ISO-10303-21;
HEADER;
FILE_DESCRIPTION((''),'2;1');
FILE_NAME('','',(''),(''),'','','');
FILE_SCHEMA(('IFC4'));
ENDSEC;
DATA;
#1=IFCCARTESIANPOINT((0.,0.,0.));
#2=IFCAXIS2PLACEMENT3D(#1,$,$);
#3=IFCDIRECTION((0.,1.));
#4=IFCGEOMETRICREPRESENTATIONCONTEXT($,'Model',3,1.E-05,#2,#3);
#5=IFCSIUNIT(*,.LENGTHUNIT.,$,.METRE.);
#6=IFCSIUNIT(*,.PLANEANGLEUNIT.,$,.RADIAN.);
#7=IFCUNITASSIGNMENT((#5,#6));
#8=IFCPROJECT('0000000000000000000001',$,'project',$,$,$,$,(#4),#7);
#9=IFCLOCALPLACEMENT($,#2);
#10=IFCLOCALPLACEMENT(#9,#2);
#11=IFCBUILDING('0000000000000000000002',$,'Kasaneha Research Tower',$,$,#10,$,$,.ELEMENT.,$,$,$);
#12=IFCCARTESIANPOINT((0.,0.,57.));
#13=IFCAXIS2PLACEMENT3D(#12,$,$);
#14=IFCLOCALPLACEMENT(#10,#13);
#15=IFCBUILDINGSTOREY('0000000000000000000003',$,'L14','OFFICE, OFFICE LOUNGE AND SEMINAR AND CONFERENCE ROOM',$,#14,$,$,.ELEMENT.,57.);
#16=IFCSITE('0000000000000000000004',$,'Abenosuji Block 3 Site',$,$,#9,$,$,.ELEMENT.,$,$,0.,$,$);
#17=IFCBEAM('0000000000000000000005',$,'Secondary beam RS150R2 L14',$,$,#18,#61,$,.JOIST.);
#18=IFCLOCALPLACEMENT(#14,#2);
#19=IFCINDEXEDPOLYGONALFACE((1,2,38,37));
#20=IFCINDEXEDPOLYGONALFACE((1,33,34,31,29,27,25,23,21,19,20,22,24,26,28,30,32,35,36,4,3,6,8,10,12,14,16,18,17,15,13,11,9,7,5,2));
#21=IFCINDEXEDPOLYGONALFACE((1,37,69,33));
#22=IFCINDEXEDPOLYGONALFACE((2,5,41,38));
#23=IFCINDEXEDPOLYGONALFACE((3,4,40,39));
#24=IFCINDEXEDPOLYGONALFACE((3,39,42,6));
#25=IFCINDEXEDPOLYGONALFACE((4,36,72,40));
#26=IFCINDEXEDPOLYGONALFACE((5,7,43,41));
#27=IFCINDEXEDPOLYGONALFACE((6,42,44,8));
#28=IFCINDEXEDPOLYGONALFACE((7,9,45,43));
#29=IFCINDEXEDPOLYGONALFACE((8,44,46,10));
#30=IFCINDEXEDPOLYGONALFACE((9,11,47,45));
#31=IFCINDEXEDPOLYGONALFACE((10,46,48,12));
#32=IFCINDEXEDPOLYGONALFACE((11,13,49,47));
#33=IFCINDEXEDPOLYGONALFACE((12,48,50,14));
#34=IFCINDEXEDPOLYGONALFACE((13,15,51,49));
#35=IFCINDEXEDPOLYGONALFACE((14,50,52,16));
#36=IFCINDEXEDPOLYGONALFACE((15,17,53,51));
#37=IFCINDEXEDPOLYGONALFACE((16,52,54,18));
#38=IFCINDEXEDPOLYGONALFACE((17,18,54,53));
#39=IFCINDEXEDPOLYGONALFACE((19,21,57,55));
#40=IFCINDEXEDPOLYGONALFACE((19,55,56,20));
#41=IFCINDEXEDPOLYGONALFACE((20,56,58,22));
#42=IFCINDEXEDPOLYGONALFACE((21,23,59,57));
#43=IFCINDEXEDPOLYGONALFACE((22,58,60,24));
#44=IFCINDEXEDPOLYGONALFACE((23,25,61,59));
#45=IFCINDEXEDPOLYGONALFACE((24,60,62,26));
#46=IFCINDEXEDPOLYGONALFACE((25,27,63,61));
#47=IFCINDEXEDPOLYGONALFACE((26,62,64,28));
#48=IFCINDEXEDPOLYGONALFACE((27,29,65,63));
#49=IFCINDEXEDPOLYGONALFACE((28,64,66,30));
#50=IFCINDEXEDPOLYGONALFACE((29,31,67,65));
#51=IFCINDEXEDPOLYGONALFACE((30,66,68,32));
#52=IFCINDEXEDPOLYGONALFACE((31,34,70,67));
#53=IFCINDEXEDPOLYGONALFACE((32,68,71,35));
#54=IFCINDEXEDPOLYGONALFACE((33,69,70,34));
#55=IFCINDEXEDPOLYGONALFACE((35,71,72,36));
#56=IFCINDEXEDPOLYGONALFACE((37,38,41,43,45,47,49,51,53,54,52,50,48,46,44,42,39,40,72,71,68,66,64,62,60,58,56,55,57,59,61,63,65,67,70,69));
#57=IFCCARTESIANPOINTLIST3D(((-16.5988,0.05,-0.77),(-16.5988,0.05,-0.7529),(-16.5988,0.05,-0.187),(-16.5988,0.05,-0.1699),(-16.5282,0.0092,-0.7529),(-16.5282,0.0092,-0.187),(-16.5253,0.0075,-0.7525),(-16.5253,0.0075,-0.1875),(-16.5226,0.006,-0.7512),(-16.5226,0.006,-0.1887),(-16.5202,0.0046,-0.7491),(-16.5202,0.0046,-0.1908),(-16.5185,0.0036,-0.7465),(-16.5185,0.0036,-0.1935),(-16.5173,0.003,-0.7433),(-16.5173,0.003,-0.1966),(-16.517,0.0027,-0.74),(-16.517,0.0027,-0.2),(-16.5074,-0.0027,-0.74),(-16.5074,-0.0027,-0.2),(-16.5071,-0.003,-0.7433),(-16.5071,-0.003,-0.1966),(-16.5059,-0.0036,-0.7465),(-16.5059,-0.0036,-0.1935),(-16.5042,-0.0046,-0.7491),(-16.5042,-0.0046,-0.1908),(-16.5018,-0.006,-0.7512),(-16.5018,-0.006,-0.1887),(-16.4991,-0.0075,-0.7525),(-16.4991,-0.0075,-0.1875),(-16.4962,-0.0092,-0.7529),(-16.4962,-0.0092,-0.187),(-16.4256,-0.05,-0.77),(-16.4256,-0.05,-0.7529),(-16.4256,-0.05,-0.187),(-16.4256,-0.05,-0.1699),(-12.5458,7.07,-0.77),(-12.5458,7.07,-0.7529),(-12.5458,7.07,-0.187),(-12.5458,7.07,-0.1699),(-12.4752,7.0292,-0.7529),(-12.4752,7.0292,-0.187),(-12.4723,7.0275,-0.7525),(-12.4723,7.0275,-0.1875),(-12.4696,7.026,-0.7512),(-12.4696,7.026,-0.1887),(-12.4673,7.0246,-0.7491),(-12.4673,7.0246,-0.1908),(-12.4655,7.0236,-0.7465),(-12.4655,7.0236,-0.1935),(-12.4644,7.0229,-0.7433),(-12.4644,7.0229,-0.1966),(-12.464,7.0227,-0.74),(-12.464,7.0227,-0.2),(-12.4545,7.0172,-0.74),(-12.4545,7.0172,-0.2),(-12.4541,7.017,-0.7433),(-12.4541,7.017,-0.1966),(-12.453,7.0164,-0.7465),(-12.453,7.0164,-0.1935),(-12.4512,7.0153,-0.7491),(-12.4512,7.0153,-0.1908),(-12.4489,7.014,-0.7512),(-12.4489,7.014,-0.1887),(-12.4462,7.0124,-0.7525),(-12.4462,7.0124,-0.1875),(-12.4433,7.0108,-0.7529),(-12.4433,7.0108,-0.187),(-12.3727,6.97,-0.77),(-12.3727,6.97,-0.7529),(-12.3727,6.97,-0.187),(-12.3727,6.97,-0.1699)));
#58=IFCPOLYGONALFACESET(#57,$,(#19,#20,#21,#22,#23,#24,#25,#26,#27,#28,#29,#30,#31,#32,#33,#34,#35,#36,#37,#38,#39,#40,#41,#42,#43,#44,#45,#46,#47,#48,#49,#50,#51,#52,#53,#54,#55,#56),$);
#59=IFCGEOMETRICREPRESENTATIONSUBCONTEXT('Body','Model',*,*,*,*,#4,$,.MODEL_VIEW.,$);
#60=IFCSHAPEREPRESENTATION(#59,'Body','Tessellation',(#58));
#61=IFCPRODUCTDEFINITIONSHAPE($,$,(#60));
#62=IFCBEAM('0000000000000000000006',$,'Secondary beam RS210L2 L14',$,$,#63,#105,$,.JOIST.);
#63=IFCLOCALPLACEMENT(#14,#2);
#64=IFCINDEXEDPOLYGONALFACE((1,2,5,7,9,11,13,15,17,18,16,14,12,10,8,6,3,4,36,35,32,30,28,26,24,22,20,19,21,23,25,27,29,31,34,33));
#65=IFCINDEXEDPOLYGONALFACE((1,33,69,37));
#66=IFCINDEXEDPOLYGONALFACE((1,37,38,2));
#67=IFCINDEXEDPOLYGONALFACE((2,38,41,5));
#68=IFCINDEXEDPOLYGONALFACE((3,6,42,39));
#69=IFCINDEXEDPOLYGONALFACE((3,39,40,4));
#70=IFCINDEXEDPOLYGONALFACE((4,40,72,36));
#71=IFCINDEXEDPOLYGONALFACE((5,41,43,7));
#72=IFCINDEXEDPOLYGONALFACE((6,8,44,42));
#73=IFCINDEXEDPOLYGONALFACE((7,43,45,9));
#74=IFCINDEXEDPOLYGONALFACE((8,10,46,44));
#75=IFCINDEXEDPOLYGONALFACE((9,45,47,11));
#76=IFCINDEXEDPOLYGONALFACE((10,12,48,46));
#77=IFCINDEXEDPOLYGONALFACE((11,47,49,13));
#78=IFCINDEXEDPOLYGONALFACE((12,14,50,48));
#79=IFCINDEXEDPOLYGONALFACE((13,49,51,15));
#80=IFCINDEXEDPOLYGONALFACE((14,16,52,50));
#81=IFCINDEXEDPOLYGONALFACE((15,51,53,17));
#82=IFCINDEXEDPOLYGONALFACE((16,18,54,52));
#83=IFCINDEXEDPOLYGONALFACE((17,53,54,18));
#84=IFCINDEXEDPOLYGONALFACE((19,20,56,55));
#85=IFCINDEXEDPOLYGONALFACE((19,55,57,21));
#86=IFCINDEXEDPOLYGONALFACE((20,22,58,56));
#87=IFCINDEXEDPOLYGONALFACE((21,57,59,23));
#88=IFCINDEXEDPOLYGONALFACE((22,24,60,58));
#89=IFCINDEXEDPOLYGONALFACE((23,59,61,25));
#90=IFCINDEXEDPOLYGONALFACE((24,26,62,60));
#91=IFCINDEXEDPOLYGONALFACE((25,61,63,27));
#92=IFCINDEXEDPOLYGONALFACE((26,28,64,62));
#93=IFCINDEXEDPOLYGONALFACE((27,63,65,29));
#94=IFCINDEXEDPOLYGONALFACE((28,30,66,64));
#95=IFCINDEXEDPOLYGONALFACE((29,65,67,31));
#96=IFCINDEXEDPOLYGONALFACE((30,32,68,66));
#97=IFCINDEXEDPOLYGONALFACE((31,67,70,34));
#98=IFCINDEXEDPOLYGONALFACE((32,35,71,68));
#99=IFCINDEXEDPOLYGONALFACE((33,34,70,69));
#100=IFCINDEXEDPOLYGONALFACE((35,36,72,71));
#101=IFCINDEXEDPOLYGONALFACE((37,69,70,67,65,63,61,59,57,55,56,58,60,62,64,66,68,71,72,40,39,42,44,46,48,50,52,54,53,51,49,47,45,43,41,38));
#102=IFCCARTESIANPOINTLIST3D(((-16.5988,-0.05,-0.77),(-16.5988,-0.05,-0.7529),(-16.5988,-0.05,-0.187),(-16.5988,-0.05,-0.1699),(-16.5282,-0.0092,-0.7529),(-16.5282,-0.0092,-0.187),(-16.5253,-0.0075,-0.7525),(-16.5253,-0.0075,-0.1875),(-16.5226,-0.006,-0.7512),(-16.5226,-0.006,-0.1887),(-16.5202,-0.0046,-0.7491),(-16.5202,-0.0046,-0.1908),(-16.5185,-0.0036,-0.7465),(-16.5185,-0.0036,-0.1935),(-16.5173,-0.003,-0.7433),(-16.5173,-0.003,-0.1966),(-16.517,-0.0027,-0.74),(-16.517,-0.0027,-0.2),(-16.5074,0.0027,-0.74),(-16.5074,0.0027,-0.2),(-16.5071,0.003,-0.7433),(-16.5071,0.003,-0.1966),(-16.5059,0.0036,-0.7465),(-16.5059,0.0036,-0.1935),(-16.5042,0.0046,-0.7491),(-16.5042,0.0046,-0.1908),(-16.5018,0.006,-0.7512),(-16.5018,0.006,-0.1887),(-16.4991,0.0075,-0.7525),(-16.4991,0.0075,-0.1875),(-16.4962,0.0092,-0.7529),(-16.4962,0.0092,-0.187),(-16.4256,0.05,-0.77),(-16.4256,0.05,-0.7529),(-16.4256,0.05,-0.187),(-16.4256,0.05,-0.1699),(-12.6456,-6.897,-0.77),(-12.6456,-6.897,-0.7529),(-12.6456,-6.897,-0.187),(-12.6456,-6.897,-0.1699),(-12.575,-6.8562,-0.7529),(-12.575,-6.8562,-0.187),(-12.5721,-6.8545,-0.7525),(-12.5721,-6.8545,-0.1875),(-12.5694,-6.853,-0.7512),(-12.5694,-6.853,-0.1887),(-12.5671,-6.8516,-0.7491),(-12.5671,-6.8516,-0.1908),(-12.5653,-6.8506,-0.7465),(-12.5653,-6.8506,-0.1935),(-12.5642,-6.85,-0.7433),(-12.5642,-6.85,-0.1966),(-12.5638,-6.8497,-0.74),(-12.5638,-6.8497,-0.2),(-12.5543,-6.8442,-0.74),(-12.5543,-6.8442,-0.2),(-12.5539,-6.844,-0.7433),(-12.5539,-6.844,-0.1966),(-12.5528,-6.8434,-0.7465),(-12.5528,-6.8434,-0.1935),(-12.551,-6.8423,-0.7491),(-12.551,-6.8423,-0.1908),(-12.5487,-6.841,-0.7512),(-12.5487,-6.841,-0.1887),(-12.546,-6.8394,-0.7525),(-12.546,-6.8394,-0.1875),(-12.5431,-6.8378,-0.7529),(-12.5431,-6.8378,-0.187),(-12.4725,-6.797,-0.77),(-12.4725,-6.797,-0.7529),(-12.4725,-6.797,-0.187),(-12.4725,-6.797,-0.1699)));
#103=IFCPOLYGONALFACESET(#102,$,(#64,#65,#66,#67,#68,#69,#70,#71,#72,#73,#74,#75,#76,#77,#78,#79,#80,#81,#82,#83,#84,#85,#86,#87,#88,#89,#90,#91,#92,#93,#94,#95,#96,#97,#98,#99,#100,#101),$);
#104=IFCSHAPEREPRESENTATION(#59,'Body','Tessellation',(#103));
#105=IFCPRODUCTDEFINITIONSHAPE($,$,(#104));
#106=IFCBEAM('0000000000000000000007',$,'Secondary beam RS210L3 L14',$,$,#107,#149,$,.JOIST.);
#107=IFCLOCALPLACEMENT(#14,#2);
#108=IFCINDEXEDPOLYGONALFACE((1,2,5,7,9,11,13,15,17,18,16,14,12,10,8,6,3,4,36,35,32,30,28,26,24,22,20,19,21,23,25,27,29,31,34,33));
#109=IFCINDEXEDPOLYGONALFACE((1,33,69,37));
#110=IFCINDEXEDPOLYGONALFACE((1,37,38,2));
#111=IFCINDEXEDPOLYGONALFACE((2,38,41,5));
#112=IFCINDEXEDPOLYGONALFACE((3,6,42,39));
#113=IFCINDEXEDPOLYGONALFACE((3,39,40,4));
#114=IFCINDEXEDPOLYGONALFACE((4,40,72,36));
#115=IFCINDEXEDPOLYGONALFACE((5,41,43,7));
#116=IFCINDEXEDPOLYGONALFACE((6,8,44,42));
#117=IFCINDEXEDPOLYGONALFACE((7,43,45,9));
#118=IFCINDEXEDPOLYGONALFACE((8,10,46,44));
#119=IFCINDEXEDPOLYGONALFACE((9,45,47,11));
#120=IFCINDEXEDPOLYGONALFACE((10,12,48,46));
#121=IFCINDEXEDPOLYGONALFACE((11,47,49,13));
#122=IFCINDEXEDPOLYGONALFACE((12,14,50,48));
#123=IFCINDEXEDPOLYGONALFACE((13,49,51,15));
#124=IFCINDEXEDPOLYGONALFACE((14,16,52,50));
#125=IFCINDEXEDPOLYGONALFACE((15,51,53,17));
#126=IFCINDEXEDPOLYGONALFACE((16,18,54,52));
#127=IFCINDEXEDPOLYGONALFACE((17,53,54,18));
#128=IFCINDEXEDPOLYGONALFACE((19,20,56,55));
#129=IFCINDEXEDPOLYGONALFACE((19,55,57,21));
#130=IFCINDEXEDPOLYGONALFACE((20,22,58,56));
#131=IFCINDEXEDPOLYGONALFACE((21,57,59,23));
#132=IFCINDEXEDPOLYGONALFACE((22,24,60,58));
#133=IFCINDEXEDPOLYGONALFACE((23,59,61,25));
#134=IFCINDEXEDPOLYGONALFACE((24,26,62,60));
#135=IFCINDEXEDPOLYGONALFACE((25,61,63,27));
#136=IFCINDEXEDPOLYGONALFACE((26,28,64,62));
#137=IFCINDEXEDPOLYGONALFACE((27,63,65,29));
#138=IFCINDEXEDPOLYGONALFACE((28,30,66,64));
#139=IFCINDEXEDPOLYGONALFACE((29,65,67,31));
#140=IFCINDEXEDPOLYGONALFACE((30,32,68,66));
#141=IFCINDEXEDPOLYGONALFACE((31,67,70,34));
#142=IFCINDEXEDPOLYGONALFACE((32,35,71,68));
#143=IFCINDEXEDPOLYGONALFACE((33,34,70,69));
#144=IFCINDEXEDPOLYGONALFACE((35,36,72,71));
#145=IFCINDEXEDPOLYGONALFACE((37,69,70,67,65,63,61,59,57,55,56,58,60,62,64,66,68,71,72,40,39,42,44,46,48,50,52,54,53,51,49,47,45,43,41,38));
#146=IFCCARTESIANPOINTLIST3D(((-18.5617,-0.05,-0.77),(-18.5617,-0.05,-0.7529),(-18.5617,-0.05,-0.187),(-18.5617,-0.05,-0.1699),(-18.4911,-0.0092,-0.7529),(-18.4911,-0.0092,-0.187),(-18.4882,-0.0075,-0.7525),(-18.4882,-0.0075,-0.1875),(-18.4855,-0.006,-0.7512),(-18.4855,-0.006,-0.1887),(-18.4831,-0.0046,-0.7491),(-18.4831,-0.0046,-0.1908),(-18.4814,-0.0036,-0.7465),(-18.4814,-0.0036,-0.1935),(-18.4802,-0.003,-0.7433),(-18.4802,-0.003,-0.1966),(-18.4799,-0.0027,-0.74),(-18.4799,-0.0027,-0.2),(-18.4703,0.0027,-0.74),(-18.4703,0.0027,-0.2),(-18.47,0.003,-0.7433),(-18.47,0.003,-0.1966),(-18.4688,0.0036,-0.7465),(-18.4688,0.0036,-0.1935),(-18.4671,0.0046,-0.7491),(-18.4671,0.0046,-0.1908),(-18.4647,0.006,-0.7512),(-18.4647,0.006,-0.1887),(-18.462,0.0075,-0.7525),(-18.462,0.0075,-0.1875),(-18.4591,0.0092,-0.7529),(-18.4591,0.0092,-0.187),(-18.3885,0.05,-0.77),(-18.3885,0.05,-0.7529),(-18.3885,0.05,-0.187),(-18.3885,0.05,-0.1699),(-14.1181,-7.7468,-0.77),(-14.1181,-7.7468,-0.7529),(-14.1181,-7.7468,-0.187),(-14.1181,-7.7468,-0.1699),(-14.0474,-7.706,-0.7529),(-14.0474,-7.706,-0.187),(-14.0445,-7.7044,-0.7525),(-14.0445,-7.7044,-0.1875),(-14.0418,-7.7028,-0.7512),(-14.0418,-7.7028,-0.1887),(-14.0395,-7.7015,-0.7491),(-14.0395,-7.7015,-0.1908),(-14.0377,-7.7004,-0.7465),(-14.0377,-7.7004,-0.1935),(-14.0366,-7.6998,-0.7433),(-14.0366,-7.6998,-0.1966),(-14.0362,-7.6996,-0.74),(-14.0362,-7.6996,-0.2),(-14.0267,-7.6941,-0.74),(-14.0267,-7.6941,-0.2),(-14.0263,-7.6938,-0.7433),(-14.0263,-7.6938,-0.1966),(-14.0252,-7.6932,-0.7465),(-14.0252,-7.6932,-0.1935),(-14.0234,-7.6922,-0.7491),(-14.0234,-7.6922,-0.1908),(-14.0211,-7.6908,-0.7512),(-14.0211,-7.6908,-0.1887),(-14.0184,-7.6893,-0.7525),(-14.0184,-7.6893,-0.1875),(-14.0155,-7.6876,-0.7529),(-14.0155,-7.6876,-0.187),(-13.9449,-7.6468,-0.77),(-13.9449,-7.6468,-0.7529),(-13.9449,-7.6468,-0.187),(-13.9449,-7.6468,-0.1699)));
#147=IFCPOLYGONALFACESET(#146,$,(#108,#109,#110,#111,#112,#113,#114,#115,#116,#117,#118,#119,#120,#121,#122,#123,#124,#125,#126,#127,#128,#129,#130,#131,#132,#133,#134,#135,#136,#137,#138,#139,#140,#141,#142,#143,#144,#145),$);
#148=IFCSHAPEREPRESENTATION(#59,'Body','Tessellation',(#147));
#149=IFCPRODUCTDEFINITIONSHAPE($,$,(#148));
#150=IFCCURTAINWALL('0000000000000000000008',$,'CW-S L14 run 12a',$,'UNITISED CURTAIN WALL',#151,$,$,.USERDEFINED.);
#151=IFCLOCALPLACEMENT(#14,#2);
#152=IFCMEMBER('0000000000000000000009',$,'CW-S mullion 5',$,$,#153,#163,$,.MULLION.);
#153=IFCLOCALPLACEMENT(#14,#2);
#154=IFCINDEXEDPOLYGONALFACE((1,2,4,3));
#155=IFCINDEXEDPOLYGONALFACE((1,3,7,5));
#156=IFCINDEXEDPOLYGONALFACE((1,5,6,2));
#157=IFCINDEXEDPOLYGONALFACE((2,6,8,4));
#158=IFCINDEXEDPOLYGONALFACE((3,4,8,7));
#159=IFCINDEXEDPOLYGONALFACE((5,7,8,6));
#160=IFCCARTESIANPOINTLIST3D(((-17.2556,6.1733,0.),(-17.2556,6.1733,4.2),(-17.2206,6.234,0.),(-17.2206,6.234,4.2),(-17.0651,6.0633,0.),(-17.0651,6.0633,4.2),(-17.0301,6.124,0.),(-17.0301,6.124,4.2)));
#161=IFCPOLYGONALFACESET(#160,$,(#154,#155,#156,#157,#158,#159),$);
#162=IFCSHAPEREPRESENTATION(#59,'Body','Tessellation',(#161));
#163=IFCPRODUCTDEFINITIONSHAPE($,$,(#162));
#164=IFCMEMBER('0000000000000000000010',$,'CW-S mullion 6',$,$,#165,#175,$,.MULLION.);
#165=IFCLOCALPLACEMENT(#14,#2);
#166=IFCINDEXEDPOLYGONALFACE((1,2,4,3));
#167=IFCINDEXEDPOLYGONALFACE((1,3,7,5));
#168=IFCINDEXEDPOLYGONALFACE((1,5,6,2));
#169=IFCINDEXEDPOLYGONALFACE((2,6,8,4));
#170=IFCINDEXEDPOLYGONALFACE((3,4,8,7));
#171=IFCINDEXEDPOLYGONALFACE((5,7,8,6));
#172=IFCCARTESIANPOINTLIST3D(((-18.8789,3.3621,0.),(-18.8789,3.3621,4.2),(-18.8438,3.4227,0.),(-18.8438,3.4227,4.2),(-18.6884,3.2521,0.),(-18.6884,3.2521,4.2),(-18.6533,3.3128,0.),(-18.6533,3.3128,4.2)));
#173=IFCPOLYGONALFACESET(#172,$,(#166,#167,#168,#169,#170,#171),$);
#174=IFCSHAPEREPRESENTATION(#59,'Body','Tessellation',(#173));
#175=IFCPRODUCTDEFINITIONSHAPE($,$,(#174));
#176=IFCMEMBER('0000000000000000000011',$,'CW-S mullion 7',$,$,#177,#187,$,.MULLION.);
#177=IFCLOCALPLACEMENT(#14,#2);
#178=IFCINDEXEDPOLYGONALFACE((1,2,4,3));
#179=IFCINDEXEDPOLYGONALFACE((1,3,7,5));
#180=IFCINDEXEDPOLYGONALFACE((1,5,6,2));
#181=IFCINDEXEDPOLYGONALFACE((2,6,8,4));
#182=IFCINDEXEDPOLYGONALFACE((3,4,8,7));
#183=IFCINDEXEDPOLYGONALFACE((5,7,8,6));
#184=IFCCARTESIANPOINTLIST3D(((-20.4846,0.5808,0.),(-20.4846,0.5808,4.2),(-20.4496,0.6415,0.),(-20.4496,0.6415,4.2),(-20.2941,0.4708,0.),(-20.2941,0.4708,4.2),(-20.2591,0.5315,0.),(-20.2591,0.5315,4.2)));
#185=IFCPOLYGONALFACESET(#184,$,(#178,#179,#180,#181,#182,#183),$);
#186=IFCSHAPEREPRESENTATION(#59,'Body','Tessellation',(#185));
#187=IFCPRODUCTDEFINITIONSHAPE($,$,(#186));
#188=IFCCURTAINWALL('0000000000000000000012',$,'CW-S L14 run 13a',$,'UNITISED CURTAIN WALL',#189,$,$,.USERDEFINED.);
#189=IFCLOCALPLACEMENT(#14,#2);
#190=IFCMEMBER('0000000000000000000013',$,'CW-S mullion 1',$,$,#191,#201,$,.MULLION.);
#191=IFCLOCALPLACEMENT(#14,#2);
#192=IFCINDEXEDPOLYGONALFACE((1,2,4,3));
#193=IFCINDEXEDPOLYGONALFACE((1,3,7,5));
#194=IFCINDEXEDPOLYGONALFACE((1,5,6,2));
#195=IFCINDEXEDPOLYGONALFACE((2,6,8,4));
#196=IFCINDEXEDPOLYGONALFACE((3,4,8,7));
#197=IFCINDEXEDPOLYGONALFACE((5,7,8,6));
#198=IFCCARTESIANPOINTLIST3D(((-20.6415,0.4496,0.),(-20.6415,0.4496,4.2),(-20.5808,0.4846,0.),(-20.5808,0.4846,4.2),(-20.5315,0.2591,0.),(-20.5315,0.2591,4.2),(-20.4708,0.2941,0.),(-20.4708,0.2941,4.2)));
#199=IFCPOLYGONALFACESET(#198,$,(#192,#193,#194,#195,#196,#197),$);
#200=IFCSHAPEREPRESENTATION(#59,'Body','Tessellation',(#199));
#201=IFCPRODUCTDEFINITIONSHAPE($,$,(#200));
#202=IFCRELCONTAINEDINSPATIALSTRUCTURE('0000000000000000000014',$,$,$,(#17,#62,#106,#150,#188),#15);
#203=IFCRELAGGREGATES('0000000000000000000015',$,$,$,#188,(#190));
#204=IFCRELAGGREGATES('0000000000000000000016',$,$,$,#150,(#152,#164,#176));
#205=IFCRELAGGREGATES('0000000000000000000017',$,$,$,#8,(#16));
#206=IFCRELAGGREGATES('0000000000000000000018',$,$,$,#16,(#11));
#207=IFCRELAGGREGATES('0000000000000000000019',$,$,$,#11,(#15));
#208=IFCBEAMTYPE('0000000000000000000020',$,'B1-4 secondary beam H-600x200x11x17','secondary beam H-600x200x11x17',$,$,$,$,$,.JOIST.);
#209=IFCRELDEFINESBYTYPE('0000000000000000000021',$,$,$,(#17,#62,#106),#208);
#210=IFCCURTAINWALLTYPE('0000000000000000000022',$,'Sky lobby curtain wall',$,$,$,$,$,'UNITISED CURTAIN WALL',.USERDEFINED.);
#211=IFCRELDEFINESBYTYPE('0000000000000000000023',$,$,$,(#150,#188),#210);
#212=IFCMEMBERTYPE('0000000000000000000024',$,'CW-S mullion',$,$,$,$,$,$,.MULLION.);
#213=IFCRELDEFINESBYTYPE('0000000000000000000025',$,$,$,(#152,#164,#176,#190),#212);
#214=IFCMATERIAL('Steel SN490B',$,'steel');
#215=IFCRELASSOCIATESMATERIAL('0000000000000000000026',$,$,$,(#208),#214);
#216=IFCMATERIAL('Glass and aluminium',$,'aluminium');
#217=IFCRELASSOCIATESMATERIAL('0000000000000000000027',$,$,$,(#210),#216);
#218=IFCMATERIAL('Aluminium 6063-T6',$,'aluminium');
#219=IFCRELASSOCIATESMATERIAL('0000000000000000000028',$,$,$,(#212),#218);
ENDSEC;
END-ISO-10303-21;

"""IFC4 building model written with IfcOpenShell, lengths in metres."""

from ifc_helpers import new_model, si_unit, direction, frame, origin, origin_2d, place, context, subcontext, project, spatial, rectangle, i_section, extrude, material, material_profile, profile_set, type_object, element, aggregate, save


model = new_model("IFC4")

# Units and contexts
model_context = context("Model", 3, precision=1e-05, world=origin(), true_north=direction((0.0, 1.0)))
body_context = subcontext(model_context, "Body", "Model", "MODEL_VIEW")
ifc_project = project(units=[si_unit("LENGTHUNIT", "METRE"), si_unit("PLANEANGLEUNIT", "RADIAN")], contexts=[model_context])

# Site, building, storey
site_placement = place(None, origin())
site = spatial("IfcSite", under=ifc_project, at=site_placement, Name="Abenosuji Block 3 Site", CompositionType="ELEMENT", RefElevation=0.0)
building_placement = place(site_placement, origin())
building = spatial("IfcBuilding", under=site, at=building_placement, Name="Kasaneha Research Tower", CompositionType="ELEMENT")
storey_placement = place(building_placement, frame((0.0, 0.0, 57.0)))
storey = spatial("IfcBuildingStorey", under=building, at=storey_placement, Name="L14", Description="OFFICE, OFFICE LOUNGE AND SEMINAR AND CONFERENCE ROOM", CompositionType="ELEMENT", Elevation=57.0)

# Beams
ifc_material_1 = material(Name="Steel SN490B", Category="steel")
ifc_material_profile_1 = material_profile(ifc_material_1, i_section(OverallWidth=0.2, OverallDepth=0.6001, WebThickness=0.011, FlangeThickness=0.0171, FilletRadius=0.0129, at=origin_2d()), Name="H-600x200x11x17")
ifc_profile_set_1 = profile_set([ifc_material_profile_1], Name="Steel SN490B")
beam_type = type_object("IfcBeamType", Name="B1-4 secondary beam H-600x200x11x17", Description="secondary beam H-600x200x11x17", PredefinedType="JOIST", material=ifc_profile_set_1)
beam_1_placement = place(storey_placement, frame((-16.5122, 0.0, -0.47), z_axis=(0.499997, 0.866027, 0.0), x_axis=(-0.866027, 0.499997, 0.0)))
element("IfcBeam", 1, at=beam_1_placement, inside=storey, type_object=beam_type, Name="Secondary beam RS150R2 L14", PredefinedType="JOIST", context=body_context, shape_type="SweptSolid", body=[
    extrude(i_section(OverallWidth=0.2, OverallDepth=0.6001, WebThickness=0.011, FlangeThickness=0.0171, FilletRadius=0.0129, at=origin_2d()), origin(), (0.0, 0.0, 1.0), 8.106),
])
beam_2_placement = place(storey_placement, frame((-16.5122, 0.0, -0.47), z_axis=(0.500005, -0.866023, 0.0), x_axis=(0.866023, 0.500005, 0.0)))
element("IfcBeam", 2, at=beam_2_placement, inside=storey, type_object=beam_type, Name="Secondary beam RS210L2 L14", PredefinedType="JOIST", context=body_context, shape_type="SweptSolid", body=[
    extrude(i_section(OverallWidth=0.2, OverallDepth=0.6001, WebThickness=0.011, FlangeThickness=0.0171, FilletRadius=0.0129, at=origin_2d()), origin(), (0.0, 0.0, 1.0), 7.9062),
])
beam_3_placement = place(storey_placement, frame((-18.4751, 0.0, -0.47), z_axis=(0.499989, -0.866032, 0.0), x_axis=(0.866032, 0.499989, 0.0)))
element("IfcBeam", 3, at=beam_3_placement, inside=storey, type_object=beam_type, Name="Secondary beam RS210L3 L14", PredefinedType="JOIST", context=body_context, shape_type="SweptSolid", body=[
    extrude(i_section(OverallWidth=0.2, OverallDepth=0.6001, WebThickness=0.011, FlangeThickness=0.0171, FilletRadius=0.0129, at=origin_2d()), origin(), (0.0, 0.0, 1.0), 8.8875),
])

# Curtain wall, members
ifc_material_2 = material(Name="Glass and aluminium", Category="aluminium")
curtain_wall_type = type_object("IfcCurtainWallType", Name="Sky lobby curtain wall", ElementType="UNITISED CURTAIN WALL", PredefinedType="USERDEFINED", material=ifc_material_2)
curtain_wall_1_placement = place(storey_placement, origin())
curtain_wall_1 = element("IfcCurtainWall", 4, at=curtain_wall_1_placement, inside=storey, type_object=curtain_wall_type, Name="CW-S L14 run 12a", ObjectType="UNITISED CURTAIN WALL", PredefinedType="USERDEFINED")
ifc_material_3 = material(Name="Aluminium 6063-T6", Category="aluminium")
ifc_material_profile_2 = material_profile(ifc_material_3, rectangle(XDim=0.0701, YDim=0.22, at=origin_2d()), Name="CW-S mullion 70x220")
ifc_profile_set_2 = profile_set([ifc_material_profile_2], Name="Aluminium 6063-T6")
member_type_1 = type_object("IfcMemberType", Name="CW-S mullion", PredefinedType="MULLION", material=ifc_profile_set_2)
member_1_placement = place(storey_placement, frame((-17.1428, 6.1487, 0.0), z_axis=(0.0, 0.0, 1.0), x_axis=(-0.5, -0.866025, 0.0)))
member_1 = element("IfcMember", 5, at=member_1_placement, type_object=member_type_1, Name="CW-S mullion 5", PredefinedType="MULLION", context=body_context, shape_type="SweptSolid", body=[
    extrude(rectangle(XDim=0.0701, YDim=0.22, at=origin_2d()), origin(), (0.0, 0.0, 1.0), 4.2),
])
member_2_placement = place(storey_placement, frame((-18.7661, 3.3374, 0.0), z_axis=(0.0, 0.0, 1.0), x_axis=(-0.5, -0.866025, 0.0)))
member_2 = element("IfcMember", 6, at=member_2_placement, type_object=member_type_1, Name="CW-S mullion 6", PredefinedType="MULLION", context=body_context, shape_type="SweptSolid", body=[
    extrude(rectangle(XDim=0.0701, YDim=0.22, at=origin_2d()), origin(), (0.0, 0.0, 1.0), 4.2),
])
member_3_placement = place(storey_placement, frame((-20.3718, 0.5562, 0.0), z_axis=(0.0, 0.0, 1.0), x_axis=(-0.5, -0.866025, 0.0)))
member_3 = element("IfcMember", 7, at=member_3_placement, type_object=member_type_1, Name="CW-S mullion 7", PredefinedType="MULLION", context=body_context, shape_type="SweptSolid", body=[
    extrude(rectangle(XDim=0.0701, YDim=0.22, at=origin_2d()), origin(), (0.0, 0.0, 1.0), 4.2),
])

# Curtain wall, member
curtain_wall_2_placement = place(storey_placement, origin())
curtain_wall_2 = element("IfcCurtainWall", 8, at=curtain_wall_2_placement, inside=storey, type_object=curtain_wall_type, Name="CW-S L14 run 13a", ObjectType="UNITISED CURTAIN WALL", PredefinedType="USERDEFINED")
member_4_placement = place(storey_placement, frame((-20.5562, 0.3718, 0.0), z_axis=(0.0, 0.0, 1.0), x_axis=(-0.866025, -0.5, 0.0)))
member_4 = element("IfcMember", 9, at=member_4_placement, type_object=member_type_1, Name="CW-S mullion 1", PredefinedType="MULLION", context=body_context, shape_type="SweptSolid", body=[
    extrude(rectangle(XDim=0.0701, YDim=0.22, at=origin_2d()), origin(), (0.0, 0.0, 1.0), 4.2),
])

aggregate(curtain_wall_2, [member_4])

aggregate(curtain_wall_1, [member_1, member_2, member_3])

save(model, "model.ifc")
